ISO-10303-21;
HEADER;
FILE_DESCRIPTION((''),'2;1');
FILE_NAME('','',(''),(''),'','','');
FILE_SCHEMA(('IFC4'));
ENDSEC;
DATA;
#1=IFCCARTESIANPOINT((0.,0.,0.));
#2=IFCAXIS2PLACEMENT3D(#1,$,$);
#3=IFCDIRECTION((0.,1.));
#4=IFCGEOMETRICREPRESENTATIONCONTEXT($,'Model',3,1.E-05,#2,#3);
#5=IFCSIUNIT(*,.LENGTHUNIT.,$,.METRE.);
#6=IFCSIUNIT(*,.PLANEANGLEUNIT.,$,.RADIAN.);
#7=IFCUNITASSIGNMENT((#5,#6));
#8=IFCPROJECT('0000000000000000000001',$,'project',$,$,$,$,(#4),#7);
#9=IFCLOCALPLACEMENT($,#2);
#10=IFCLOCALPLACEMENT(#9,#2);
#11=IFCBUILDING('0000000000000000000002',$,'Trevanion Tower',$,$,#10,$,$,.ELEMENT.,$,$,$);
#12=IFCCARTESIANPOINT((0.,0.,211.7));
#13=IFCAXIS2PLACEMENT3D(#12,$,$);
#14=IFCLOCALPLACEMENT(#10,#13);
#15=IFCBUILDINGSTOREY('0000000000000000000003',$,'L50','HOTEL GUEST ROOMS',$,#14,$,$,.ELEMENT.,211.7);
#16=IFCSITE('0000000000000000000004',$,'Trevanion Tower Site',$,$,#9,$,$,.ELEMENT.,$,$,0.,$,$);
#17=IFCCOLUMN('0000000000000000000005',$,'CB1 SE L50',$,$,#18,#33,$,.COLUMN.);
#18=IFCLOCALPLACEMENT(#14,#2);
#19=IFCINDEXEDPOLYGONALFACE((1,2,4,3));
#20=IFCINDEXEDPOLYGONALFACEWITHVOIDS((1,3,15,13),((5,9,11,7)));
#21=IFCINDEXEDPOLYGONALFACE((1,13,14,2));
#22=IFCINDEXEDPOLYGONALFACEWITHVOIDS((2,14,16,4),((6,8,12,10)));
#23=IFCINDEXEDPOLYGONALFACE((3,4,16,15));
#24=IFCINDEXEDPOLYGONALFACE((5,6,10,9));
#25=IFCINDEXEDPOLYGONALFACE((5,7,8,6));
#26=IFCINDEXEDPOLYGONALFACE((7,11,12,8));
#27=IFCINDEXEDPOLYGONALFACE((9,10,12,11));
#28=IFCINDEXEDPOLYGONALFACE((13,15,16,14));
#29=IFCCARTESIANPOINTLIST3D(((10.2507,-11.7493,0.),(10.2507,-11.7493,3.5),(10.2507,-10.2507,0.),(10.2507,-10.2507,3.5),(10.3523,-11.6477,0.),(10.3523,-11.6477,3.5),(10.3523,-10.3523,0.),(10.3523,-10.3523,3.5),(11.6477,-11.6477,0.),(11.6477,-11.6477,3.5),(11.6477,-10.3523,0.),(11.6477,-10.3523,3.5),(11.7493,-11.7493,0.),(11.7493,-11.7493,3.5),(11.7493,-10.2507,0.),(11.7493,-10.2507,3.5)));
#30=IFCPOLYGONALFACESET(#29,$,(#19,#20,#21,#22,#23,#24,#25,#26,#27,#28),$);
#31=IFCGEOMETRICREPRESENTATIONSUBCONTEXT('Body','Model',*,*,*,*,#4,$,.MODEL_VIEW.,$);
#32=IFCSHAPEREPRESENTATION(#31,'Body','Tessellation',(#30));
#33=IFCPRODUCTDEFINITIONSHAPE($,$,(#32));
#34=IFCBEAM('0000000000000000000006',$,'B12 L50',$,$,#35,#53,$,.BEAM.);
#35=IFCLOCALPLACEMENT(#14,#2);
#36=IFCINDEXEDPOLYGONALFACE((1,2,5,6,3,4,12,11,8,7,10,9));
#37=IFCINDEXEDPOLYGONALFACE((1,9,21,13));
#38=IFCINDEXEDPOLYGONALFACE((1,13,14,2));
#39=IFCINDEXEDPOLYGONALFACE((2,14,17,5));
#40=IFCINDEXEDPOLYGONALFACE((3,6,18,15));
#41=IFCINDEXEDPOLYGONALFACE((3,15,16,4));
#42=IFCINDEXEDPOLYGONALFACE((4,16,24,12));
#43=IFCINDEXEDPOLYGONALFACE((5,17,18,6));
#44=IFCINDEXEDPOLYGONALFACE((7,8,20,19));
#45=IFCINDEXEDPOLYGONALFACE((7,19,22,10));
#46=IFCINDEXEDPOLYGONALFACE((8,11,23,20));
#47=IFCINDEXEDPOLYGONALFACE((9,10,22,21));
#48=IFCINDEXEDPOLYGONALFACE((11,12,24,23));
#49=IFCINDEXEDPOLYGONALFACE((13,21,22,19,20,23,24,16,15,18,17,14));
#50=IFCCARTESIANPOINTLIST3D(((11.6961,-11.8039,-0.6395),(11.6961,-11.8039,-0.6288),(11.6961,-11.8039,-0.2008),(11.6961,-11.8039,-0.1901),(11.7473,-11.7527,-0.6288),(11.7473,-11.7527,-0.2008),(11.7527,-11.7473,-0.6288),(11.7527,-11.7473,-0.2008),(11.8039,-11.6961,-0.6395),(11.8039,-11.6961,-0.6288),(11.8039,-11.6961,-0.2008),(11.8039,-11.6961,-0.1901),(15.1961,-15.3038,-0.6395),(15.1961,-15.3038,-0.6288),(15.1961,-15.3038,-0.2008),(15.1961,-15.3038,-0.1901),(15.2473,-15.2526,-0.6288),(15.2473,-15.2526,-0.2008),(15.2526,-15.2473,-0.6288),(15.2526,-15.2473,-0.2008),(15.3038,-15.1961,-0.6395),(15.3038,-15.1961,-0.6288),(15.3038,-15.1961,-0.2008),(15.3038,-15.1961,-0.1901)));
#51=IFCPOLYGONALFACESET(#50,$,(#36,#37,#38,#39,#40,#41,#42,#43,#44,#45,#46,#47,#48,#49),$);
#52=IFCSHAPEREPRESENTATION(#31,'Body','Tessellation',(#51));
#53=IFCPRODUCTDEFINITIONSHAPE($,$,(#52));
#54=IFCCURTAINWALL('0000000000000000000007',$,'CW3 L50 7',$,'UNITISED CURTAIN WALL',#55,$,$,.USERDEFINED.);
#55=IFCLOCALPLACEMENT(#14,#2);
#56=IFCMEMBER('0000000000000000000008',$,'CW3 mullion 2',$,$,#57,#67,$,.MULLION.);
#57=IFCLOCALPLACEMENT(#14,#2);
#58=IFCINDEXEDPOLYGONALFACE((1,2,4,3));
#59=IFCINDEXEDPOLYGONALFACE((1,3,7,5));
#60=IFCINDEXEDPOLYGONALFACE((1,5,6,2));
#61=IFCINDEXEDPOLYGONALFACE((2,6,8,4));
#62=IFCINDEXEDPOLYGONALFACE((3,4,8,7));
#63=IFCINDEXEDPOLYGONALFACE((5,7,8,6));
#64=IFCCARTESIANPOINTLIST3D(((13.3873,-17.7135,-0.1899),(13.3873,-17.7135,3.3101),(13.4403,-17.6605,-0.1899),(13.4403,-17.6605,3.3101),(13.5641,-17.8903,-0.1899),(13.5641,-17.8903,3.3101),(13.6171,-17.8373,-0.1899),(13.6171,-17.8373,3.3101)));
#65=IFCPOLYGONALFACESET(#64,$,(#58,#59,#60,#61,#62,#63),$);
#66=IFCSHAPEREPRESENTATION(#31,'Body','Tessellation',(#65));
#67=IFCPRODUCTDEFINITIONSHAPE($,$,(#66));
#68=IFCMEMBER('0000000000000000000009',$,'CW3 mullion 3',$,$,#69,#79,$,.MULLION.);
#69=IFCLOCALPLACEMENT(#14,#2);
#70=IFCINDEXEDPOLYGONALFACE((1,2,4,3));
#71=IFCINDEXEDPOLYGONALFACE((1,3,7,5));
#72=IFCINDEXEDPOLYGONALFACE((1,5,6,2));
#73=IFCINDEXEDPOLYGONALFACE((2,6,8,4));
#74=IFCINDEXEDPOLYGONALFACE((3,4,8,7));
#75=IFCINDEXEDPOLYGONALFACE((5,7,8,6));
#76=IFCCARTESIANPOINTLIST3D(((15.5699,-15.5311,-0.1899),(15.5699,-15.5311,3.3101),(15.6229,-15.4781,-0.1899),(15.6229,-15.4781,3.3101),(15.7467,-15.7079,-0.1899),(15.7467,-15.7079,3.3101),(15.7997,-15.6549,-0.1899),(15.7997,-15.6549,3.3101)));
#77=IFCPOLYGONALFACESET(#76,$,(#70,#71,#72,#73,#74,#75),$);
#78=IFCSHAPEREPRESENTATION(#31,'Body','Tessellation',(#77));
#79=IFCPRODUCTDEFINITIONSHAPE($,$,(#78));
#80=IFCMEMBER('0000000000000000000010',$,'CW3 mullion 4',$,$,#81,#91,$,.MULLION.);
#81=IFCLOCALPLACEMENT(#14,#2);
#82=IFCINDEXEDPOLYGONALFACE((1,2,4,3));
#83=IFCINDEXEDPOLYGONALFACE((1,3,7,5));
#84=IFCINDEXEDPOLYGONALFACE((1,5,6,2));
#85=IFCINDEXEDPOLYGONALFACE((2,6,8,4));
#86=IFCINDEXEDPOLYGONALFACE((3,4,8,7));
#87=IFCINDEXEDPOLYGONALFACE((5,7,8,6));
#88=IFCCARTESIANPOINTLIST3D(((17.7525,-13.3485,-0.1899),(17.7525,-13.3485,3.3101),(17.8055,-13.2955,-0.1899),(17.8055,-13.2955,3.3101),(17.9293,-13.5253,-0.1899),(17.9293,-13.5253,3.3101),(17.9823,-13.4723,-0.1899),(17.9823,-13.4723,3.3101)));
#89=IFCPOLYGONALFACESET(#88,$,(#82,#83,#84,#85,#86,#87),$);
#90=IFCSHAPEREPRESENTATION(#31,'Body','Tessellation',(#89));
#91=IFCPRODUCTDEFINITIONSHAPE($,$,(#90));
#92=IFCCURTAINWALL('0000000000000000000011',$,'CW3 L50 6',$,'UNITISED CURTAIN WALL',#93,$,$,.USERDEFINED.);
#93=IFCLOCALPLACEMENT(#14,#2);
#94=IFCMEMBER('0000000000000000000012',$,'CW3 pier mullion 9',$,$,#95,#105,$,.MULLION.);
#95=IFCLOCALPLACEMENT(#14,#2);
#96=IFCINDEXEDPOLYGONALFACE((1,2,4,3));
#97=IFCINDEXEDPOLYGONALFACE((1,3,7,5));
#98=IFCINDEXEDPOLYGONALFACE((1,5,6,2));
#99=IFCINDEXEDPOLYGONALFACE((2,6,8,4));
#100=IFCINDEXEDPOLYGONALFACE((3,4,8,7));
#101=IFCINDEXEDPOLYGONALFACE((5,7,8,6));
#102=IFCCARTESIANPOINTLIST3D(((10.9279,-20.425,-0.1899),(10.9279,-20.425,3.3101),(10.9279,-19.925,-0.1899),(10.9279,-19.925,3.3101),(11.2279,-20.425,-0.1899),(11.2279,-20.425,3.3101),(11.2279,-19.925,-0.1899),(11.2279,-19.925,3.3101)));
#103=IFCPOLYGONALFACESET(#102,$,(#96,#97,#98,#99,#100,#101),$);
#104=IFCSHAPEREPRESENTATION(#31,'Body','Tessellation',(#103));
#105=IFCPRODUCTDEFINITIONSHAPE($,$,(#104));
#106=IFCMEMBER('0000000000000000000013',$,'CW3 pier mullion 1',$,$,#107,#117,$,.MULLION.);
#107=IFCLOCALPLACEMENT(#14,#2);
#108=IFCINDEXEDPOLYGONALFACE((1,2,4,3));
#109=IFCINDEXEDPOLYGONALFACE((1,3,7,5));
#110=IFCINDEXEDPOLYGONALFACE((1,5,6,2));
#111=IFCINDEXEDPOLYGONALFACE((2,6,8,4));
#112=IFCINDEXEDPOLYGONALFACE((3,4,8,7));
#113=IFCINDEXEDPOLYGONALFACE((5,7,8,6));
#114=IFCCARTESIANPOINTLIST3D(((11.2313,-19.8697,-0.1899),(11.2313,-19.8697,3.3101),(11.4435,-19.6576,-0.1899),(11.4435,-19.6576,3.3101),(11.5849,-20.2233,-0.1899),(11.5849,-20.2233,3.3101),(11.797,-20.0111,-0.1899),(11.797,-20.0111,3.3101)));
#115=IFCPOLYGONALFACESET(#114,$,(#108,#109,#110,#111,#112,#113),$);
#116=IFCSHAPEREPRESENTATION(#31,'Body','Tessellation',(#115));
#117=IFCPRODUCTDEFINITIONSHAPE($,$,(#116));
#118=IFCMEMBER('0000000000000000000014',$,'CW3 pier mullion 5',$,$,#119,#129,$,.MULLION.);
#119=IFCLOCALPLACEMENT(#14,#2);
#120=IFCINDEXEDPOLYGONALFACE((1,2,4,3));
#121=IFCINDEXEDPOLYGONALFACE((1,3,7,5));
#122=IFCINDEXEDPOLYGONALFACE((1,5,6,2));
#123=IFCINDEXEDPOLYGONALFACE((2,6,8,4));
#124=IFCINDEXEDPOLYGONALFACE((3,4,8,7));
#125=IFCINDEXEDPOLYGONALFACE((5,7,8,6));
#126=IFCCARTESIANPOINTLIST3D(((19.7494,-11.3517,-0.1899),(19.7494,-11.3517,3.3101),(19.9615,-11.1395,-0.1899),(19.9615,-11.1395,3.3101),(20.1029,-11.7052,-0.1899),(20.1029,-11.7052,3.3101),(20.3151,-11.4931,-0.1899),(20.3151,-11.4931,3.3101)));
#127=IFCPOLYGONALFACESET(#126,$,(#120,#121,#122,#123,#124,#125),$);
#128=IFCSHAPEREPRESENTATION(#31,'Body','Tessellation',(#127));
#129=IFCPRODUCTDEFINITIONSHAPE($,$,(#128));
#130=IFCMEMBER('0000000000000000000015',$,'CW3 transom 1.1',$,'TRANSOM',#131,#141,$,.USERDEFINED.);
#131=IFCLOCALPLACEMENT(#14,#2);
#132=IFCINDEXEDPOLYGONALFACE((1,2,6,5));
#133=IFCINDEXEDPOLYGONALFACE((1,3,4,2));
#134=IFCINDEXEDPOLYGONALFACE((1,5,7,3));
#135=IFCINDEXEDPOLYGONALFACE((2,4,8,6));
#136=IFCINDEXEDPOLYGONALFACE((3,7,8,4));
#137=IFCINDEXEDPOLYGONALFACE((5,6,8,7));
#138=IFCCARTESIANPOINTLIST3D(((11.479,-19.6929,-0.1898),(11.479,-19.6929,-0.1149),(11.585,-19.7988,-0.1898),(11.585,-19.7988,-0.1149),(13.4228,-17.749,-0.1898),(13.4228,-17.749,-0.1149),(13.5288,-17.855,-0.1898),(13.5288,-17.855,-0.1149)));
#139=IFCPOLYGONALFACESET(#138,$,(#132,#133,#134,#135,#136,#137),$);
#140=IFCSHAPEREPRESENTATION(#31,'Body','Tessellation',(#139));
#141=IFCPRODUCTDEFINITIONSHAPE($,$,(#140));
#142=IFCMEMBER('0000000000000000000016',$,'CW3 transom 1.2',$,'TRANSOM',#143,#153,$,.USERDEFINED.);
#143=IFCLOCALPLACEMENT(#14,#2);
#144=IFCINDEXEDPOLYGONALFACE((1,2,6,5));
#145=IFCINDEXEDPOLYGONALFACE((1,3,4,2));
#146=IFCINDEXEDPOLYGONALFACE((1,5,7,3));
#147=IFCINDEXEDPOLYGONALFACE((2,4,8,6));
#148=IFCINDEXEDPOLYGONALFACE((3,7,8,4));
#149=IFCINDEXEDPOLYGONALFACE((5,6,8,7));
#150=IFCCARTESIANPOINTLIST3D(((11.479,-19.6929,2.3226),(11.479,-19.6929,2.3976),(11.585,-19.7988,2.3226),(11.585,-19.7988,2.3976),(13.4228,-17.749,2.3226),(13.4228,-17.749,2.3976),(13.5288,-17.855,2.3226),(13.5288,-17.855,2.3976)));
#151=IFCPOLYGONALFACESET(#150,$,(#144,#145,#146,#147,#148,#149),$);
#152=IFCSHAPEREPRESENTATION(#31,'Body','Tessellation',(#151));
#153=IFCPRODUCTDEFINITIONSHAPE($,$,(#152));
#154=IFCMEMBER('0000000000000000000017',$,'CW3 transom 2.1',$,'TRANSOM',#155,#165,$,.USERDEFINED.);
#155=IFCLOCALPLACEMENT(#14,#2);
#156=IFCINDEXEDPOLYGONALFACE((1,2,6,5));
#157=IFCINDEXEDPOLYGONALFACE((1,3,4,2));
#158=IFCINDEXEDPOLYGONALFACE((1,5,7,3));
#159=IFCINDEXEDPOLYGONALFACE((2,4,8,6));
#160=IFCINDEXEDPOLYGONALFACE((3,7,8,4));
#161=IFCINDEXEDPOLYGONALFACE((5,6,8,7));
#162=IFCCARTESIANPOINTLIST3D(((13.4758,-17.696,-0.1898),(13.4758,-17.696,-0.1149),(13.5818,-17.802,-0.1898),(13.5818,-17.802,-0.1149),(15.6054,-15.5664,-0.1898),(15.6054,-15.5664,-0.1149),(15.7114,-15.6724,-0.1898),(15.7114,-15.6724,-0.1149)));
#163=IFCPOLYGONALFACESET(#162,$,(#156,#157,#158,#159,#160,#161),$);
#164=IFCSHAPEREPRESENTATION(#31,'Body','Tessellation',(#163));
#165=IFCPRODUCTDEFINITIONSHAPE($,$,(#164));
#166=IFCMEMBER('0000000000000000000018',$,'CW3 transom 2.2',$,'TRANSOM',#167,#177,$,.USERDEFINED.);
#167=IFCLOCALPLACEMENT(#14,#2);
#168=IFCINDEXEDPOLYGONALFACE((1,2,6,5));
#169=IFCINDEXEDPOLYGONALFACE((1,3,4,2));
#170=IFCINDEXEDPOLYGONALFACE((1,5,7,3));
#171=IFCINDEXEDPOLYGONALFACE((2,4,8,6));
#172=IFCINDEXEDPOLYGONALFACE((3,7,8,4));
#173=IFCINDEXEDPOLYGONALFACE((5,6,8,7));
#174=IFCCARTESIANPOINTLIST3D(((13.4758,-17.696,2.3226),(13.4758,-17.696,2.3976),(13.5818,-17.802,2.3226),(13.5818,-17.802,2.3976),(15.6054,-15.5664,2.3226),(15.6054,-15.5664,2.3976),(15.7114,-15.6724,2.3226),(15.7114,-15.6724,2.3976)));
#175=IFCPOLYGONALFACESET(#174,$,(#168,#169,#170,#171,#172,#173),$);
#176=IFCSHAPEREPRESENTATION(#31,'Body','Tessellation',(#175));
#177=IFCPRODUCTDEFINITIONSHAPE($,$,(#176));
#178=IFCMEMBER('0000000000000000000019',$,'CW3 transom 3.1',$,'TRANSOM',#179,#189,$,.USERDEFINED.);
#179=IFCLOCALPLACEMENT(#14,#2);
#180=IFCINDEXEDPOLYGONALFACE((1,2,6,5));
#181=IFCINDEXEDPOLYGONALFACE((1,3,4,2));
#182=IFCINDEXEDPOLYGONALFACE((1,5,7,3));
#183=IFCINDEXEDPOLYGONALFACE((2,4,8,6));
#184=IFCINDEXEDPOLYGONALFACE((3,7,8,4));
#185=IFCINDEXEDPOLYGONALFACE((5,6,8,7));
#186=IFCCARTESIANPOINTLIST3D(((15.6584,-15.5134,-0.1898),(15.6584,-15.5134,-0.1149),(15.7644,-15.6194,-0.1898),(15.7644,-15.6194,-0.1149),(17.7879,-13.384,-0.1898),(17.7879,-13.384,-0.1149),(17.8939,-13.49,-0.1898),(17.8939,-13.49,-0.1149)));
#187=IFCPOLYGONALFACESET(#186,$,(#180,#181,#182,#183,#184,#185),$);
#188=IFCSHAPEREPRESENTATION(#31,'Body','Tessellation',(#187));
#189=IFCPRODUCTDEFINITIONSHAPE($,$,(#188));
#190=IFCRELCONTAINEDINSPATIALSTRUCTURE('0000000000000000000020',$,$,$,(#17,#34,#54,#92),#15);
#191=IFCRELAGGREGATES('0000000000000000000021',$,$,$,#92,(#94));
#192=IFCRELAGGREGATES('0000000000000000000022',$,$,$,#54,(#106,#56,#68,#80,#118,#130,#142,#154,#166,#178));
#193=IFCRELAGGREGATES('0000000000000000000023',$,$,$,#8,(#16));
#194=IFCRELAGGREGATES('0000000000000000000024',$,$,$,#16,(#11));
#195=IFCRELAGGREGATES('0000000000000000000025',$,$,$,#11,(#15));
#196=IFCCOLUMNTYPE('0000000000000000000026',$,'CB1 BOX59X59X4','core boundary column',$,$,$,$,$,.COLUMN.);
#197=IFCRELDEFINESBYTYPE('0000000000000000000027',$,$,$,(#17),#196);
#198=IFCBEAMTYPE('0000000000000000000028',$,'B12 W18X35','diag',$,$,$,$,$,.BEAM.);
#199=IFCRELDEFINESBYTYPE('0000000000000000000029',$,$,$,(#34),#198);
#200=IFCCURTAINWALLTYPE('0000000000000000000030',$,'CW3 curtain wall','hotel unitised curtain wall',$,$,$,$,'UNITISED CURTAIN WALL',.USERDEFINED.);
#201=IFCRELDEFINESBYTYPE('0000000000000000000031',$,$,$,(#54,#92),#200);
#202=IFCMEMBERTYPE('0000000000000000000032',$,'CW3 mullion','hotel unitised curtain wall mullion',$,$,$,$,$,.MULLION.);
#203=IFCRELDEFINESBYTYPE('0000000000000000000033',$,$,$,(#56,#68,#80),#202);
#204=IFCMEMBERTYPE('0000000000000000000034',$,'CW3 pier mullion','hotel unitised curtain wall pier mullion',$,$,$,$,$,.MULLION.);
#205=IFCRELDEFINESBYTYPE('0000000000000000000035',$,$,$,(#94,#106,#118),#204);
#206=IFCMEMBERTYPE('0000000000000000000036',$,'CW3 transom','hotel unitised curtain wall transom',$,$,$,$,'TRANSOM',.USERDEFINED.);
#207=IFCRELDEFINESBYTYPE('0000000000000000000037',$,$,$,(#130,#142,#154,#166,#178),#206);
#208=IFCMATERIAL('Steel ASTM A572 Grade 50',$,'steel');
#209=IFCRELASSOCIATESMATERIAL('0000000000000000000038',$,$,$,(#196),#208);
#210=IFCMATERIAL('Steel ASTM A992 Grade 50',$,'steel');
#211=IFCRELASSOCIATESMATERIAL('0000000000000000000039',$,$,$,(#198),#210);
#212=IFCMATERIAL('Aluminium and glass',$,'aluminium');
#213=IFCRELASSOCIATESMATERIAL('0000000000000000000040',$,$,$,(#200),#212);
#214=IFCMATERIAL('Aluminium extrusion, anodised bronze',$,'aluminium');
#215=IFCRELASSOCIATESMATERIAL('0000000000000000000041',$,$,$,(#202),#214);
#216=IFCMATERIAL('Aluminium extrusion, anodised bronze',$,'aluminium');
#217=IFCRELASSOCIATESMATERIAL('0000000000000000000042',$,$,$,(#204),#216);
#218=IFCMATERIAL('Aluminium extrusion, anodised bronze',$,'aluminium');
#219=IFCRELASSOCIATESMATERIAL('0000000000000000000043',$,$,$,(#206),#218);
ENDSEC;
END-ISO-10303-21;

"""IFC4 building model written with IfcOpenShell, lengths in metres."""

from ifc_helpers import new_model, si_unit, direction, frame, origin, origin_2d, place, context, subcontext, project, spatial, rectangle, hollow_rectangle, i_section, extrude, material, material_profile, profile_set, type_object, element, aggregate, save


model = new_model("IFC4")

# Units and contexts
model_context = context("Model", 3, precision=1e-05, world=origin(), true_north=direction((0.0, 1.0)))
body_context = subcontext(model_context, "Body", "Model", "MODEL_VIEW")
ifc_project = project(units=[si_unit("LENGTHUNIT", "METRE"), si_unit("PLANEANGLEUNIT", "RADIAN")], contexts=[model_context])

# Site, building, storey
site_placement = place(None, origin())
site = spatial("IfcSite", under=ifc_project, at=site_placement, Name="Trevanion Tower Site", CompositionType="ELEMENT", RefElevation=0.0)
building_placement = place(site_placement, origin())
building = spatial("IfcBuilding", under=site, at=building_placement, Name="Trevanion Tower", CompositionType="ELEMENT")
storey_placement = place(building_placement, frame((0.0, 0.0, 211.7)))
storey = spatial("IfcBuildingStorey", under=building, at=storey_placement, Name="L50", Description="HOTEL GUEST ROOMS", CompositionType="ELEMENT", Elevation=211.7)

# Column
ifc_material_1 = material(Name="Steel ASTM A572 Grade 50", Category="steel")
ifc_material_profile_1 = material_profile(ifc_material_1, hollow_rectangle(XDim=1.4985, YDim=1.4985, WallThickness=0.1016, at=origin_2d()), Name="BOX59X59X4")
ifc_profile_set_1 = profile_set([ifc_material_profile_1], Name="Steel ASTM A572 Grade 50")
column_type = type_object("IfcColumnType", Name="CB1 BOX59X59X4", Description="core boundary column", PredefinedType="COLUMN", material=ifc_profile_set_1)
column_placement = place(storey_placement, frame((11.0, -11.0, 0.0), z_axis=(0.0, 0.0, 1.0), x_axis=(1.0, 0.0, 0.0)))
element("IfcColumn", 1, at=column_placement, inside=storey, type_object=column_type, Name="CB1 SE L50", PredefinedType="COLUMN", context=body_context, shape_type="SweptSolid", body=[
    extrude(hollow_rectangle(XDim=1.4985, YDim=1.4985, WallThickness=0.1016, at=origin_2d()), origin(), (0.0, 0.0, 1.0), 3.5),
])

# Beam
ifc_material_2 = material(Name="Steel ASTM A992 Grade 50", Category="steel")
ifc_material_profile_2 = material_profile(ifc_material_2, i_section(OverallWidth=0.1523, OverallDepth=0.4495, WebThickness=0.0076, FlangeThickness=0.0107, at=origin_2d()), Name="W18X35")
ifc_profile_set_2 = profile_set([ifc_material_profile_2], Name="Steel ASTM A992 Grade 50")
beam_type_1 = type_object("IfcBeamType", Name="B12 W18X35", Description="diag", PredefinedType="BEAM", material=ifc_profile_set_2)
beam_1_placement = place(storey_placement, frame((11.75, -11.75, -0.4148), z_axis=(0.707107, -0.707107, 0.0), x_axis=(0.707107, 0.707107, 0.0)))
element("IfcBeam", 2, at=beam_1_placement, inside=storey, type_object=beam_type_1, Name="B12 L50", PredefinedType="BEAM", context=body_context, shape_type="SweptSolid", body=[
    extrude(i_section(OverallWidth=0.1523, OverallDepth=0.4495, WebThickness=0.0076, FlangeThickness=0.0107, at=origin_2d()), origin(), (0.0, 0.0, 1.0), 4.9497),
])

# Curtain wall, members
ifc_material_3 = material(Name="Aluminium and glass", Category="aluminium")
curtain_wall_type = type_object("IfcCurtainWallType", Name="CW3 curtain wall", Description="hotel unitised curtain wall", ElementType="UNITISED CURTAIN WALL", PredefinedType="USERDEFINED", material=ifc_material_3)
curtain_wall_1_placement = place(storey_placement, origin())
curtain_wall_1 = element("IfcCurtainWall", 3, at=curtain_wall_1_placement, inside=storey, type_object=curtain_wall_type, Name="CW3 L50 7", ObjectType="UNITISED CURTAIN WALL", PredefinedType="USERDEFINED")
ifc_material_4 = material(Name="Aluminium extrusion, anodised bronze", Category="aluminium")
ifc_material_profile_3 = material_profile(ifc_material_4, rectangle(XDim=0.075, YDim=0.25, at=origin_2d()), Name="CW3 mullion")
ifc_profile_set_3 = profile_set([ifc_material_profile_3], Name="Aluminium extrusion, anodised bronze")
member_type_1 = type_object("IfcMemberType", Name="CW3 mullion", Description="hotel unitised curtain wall mullion", PredefinedType="MULLION", material=ifc_profile_set_3)
member_1_placement = place(storey_placement, frame((13.5022, -17.7754, -0.1899), z_axis=(0.0, 0.0, 1.0), x_axis=(0.707107, 0.707107, 0.0)))
member_1 = element("IfcMember", 4, at=member_1_placement, type_object=member_type_1, Name="CW3 mullion 2", PredefinedType="MULLION", context=body_context, shape_type="SweptSolid", body=[
    extrude(rectangle(XDim=0.075, YDim=0.25, at=origin_2d()), origin(), (0.0, 0.0, 1.0), 3.5),
])
member_2_placement = place(storey_placement, frame((15.6848, -15.593, -0.1899), z_axis=(0.0, 0.0, 1.0), x_axis=(0.707107, 0.707107, 0.0)))
member_2 = element("IfcMember", 5, at=member_2_placement, type_object=member_type_1, Name="CW3 mullion 3", PredefinedType="MULLION", context=body_context, shape_type="SweptSolid", body=[
    extrude(rectangle(XDim=0.075, YDim=0.25, at=origin_2d()), origin(), (0.0, 0.0, 1.0), 3.5),
])
member_3_placement = place(storey_placement, frame((17.8674, -13.4104, -0.1899), z_axis=(0.0, 0.0, 1.0), x_axis=(0.707107, 0.707107, 0.0)))
member_3 = element("IfcMember", 6, at=member_3_placement, type_object=member_type_1, Name="CW3 mullion 4", PredefinedType="MULLION", context=body_context, shape_type="SweptSolid", body=[
    extrude(rectangle(XDim=0.075, YDim=0.25, at=origin_2d()), origin(), (0.0, 0.0, 1.0), 3.5),
])

# Curtain wall, member
curtain_wall_2_placement = place(storey_placement, origin())
curtain_wall_2 = element("IfcCurtainWall", 7, at=curtain_wall_2_placement, inside=storey, type_object=curtain_wall_type, Name="CW3 L50 6", ObjectType="UNITISED CURTAIN WALL", PredefinedType="USERDEFINED")
ifc_material_5 = material(Name="Aluminium extrusion, anodised bronze", Category="aluminium")
ifc_material_profile_4 = material_profile(ifc_material_5, rectangle(XDim=0.3, YDim=0.5, at=origin_2d()), Name="CW3 pier mullion")
ifc_profile_set_4 = profile_set([ifc_material_profile_4], Name="Aluminium extrusion, anodised bronze")
member_type_2 = type_object("IfcMemberType", Name="CW3 pier mullion", Description="hotel unitised curtain wall pier mullion", PredefinedType="MULLION", material=ifc_profile_set_4)
member_4_placement = place(storey_placement, frame((11.0779, -20.175, -0.1899), z_axis=(0.0, 0.0, 1.0), x_axis=(1.0, 0.0, 0.0)))
member_4 = element("IfcMember", 8, at=member_4_placement, type_object=member_type_2, Name="CW3 pier mullion 9", PredefinedType="MULLION", context=body_context, shape_type="SweptSolid", body=[
    extrude(rectangle(XDim=0.3, YDim=0.5, at=origin_2d()), origin(), (0.0, 0.0, 1.0), 3.5),
])
aggregate(curtain_wall_2, [member_4])

# Members
member_5_placement = place(storey_placement, frame((11.5142, -19.9404, -0.1899), z_axis=(0.0, 0.0, 1.0), x_axis=(0.707107, 0.707107, 0.0)))
member_5 = element("IfcMember", 9, at=member_5_placement, type_object=member_type_2, Name="CW3 pier mullion 1", PredefinedType="MULLION", context=body_context, shape_type="SweptSolid", body=[
    extrude(rectangle(XDim=0.3, YDim=0.5, at=origin_2d()), origin(), (0.0, 0.0, 1.0), 3.5),
])
member_6_placement = place(storey_placement, frame((20.0322, -11.4224, -0.1899), z_axis=(0.0, 0.0, 1.0), x_axis=(0.707107, 0.707107, 0.0)))
member_6 = element("IfcMember", 10, at=member_6_placement, type_object=member_type_2, Name="CW3 pier mullion 5", PredefinedType="MULLION", context=body_context, shape_type="SweptSolid", body=[
    extrude(rectangle(XDim=0.3, YDim=0.5, at=origin_2d()), origin(), (0.0, 0.0, 1.0), 3.5),
])
ifc_material_6 = material(Name="Aluminium extrusion, anodised bronze", Category="aluminium")
ifc_material_profile_5 = material_profile(ifc_material_6, rectangle(XDim=0.1499, YDim=0.075, at=origin_2d()), Name="CW3 transom")
ifc_profile_set_5 = profile_set([ifc_material_profile_5], Name="Aluminium extrusion, anodised bronze")
member_type_3 = type_object("IfcMemberType", Name="CW3 transom", Description="hotel unitised curtain wall transom", ElementType="TRANSOM", PredefinedType="USERDEFINED", material=ifc_profile_set_5)
member_7_placement = place(storey_placement, frame((11.532, -19.7458, -0.1523), z_axis=(0.707107, 0.707107, 0.0), x_axis=(-0.707107, 0.707107, 0.0)))
member_7 = element("IfcMember", 11, at=member_7_placement, type_object=member_type_3, Name="CW3 transom 1.1", ObjectType="TRANSOM", PredefinedType="USERDEFINED", context=body_context, shape_type="SweptSolid", body=[
    extrude(rectangle(XDim=0.1499, YDim=0.075, at=origin_2d()), origin(), (0.0, 0.0, 1.0), 2.749),
])
member_8_placement = place(storey_placement, frame((11.532, -19.7458, 2.3601), z_axis=(0.707107, 0.707107, 0.0), x_axis=(-0.707107, 0.707107, 0.0)))
member_8 = element("IfcMember", 12, at=member_8_placement, type_object=member_type_3, Name="CW3 transom 1.2", ObjectType="TRANSOM", PredefinedType="USERDEFINED", context=body_context, shape_type="SweptSolid", body=[
    extrude(rectangle(XDim=0.1499, YDim=0.075, at=origin_2d()), origin(), (0.0, 0.0, 1.0), 2.749),
])
member_9_placement = place(storey_placement, frame((13.5288, -17.749, -0.1523), z_axis=(0.707107, 0.707107, 0.0), x_axis=(-0.707107, 0.707107, 0.0)))
member_9 = element("IfcMember", 13, at=member_9_placement, type_object=member_type_3, Name="CW3 transom 2.1", ObjectType="TRANSOM", PredefinedType="USERDEFINED", context=body_context, shape_type="SweptSolid", body=[
    extrude(rectangle(XDim=0.1499, YDim=0.075, at=origin_2d()), origin(), (0.0, 0.0, 1.0), 3.0117),
])
member_10_placement = place(storey_placement, frame((13.5288, -17.749, 2.3601), z_axis=(0.707107, 0.707107, 0.0), x_axis=(-0.707107, 0.707107, 0.0)))
member_10 = element("IfcMember", 14, at=member_10_placement, type_object=member_type_3, Name="CW3 transom 2.2", ObjectType="TRANSOM", PredefinedType="USERDEFINED", context=body_context, shape_type="SweptSolid", body=[
    extrude(rectangle(XDim=0.1499, YDim=0.075, at=origin_2d()), origin(), (0.0, 0.0, 1.0), 3.0117),
])
member_11_placement = place(storey_placement, frame((15.7114, -15.5664, -0.1523), z_axis=(0.707107, 0.707107, 0.0), x_axis=(-0.707107, 0.707107, 0.0)))
member_11 = element("IfcMember", 15, at=member_11_placement, type_object=member_type_3, Name="CW3 transom 3.1", ObjectType="TRANSOM", PredefinedType="USERDEFINED", context=body_context, shape_type="SweptSolid", body=[
    extrude(rectangle(XDim=0.1499, YDim=0.075, at=origin_2d()), origin(), (0.0, 0.0, 1.0), 3.0115),
])

aggregate(curtain_wall_1, [member_5, member_1, member_2, member_3, member_6, member_7, member_8, member_9, member_10, member_11])

save(model, "model.ifc")
